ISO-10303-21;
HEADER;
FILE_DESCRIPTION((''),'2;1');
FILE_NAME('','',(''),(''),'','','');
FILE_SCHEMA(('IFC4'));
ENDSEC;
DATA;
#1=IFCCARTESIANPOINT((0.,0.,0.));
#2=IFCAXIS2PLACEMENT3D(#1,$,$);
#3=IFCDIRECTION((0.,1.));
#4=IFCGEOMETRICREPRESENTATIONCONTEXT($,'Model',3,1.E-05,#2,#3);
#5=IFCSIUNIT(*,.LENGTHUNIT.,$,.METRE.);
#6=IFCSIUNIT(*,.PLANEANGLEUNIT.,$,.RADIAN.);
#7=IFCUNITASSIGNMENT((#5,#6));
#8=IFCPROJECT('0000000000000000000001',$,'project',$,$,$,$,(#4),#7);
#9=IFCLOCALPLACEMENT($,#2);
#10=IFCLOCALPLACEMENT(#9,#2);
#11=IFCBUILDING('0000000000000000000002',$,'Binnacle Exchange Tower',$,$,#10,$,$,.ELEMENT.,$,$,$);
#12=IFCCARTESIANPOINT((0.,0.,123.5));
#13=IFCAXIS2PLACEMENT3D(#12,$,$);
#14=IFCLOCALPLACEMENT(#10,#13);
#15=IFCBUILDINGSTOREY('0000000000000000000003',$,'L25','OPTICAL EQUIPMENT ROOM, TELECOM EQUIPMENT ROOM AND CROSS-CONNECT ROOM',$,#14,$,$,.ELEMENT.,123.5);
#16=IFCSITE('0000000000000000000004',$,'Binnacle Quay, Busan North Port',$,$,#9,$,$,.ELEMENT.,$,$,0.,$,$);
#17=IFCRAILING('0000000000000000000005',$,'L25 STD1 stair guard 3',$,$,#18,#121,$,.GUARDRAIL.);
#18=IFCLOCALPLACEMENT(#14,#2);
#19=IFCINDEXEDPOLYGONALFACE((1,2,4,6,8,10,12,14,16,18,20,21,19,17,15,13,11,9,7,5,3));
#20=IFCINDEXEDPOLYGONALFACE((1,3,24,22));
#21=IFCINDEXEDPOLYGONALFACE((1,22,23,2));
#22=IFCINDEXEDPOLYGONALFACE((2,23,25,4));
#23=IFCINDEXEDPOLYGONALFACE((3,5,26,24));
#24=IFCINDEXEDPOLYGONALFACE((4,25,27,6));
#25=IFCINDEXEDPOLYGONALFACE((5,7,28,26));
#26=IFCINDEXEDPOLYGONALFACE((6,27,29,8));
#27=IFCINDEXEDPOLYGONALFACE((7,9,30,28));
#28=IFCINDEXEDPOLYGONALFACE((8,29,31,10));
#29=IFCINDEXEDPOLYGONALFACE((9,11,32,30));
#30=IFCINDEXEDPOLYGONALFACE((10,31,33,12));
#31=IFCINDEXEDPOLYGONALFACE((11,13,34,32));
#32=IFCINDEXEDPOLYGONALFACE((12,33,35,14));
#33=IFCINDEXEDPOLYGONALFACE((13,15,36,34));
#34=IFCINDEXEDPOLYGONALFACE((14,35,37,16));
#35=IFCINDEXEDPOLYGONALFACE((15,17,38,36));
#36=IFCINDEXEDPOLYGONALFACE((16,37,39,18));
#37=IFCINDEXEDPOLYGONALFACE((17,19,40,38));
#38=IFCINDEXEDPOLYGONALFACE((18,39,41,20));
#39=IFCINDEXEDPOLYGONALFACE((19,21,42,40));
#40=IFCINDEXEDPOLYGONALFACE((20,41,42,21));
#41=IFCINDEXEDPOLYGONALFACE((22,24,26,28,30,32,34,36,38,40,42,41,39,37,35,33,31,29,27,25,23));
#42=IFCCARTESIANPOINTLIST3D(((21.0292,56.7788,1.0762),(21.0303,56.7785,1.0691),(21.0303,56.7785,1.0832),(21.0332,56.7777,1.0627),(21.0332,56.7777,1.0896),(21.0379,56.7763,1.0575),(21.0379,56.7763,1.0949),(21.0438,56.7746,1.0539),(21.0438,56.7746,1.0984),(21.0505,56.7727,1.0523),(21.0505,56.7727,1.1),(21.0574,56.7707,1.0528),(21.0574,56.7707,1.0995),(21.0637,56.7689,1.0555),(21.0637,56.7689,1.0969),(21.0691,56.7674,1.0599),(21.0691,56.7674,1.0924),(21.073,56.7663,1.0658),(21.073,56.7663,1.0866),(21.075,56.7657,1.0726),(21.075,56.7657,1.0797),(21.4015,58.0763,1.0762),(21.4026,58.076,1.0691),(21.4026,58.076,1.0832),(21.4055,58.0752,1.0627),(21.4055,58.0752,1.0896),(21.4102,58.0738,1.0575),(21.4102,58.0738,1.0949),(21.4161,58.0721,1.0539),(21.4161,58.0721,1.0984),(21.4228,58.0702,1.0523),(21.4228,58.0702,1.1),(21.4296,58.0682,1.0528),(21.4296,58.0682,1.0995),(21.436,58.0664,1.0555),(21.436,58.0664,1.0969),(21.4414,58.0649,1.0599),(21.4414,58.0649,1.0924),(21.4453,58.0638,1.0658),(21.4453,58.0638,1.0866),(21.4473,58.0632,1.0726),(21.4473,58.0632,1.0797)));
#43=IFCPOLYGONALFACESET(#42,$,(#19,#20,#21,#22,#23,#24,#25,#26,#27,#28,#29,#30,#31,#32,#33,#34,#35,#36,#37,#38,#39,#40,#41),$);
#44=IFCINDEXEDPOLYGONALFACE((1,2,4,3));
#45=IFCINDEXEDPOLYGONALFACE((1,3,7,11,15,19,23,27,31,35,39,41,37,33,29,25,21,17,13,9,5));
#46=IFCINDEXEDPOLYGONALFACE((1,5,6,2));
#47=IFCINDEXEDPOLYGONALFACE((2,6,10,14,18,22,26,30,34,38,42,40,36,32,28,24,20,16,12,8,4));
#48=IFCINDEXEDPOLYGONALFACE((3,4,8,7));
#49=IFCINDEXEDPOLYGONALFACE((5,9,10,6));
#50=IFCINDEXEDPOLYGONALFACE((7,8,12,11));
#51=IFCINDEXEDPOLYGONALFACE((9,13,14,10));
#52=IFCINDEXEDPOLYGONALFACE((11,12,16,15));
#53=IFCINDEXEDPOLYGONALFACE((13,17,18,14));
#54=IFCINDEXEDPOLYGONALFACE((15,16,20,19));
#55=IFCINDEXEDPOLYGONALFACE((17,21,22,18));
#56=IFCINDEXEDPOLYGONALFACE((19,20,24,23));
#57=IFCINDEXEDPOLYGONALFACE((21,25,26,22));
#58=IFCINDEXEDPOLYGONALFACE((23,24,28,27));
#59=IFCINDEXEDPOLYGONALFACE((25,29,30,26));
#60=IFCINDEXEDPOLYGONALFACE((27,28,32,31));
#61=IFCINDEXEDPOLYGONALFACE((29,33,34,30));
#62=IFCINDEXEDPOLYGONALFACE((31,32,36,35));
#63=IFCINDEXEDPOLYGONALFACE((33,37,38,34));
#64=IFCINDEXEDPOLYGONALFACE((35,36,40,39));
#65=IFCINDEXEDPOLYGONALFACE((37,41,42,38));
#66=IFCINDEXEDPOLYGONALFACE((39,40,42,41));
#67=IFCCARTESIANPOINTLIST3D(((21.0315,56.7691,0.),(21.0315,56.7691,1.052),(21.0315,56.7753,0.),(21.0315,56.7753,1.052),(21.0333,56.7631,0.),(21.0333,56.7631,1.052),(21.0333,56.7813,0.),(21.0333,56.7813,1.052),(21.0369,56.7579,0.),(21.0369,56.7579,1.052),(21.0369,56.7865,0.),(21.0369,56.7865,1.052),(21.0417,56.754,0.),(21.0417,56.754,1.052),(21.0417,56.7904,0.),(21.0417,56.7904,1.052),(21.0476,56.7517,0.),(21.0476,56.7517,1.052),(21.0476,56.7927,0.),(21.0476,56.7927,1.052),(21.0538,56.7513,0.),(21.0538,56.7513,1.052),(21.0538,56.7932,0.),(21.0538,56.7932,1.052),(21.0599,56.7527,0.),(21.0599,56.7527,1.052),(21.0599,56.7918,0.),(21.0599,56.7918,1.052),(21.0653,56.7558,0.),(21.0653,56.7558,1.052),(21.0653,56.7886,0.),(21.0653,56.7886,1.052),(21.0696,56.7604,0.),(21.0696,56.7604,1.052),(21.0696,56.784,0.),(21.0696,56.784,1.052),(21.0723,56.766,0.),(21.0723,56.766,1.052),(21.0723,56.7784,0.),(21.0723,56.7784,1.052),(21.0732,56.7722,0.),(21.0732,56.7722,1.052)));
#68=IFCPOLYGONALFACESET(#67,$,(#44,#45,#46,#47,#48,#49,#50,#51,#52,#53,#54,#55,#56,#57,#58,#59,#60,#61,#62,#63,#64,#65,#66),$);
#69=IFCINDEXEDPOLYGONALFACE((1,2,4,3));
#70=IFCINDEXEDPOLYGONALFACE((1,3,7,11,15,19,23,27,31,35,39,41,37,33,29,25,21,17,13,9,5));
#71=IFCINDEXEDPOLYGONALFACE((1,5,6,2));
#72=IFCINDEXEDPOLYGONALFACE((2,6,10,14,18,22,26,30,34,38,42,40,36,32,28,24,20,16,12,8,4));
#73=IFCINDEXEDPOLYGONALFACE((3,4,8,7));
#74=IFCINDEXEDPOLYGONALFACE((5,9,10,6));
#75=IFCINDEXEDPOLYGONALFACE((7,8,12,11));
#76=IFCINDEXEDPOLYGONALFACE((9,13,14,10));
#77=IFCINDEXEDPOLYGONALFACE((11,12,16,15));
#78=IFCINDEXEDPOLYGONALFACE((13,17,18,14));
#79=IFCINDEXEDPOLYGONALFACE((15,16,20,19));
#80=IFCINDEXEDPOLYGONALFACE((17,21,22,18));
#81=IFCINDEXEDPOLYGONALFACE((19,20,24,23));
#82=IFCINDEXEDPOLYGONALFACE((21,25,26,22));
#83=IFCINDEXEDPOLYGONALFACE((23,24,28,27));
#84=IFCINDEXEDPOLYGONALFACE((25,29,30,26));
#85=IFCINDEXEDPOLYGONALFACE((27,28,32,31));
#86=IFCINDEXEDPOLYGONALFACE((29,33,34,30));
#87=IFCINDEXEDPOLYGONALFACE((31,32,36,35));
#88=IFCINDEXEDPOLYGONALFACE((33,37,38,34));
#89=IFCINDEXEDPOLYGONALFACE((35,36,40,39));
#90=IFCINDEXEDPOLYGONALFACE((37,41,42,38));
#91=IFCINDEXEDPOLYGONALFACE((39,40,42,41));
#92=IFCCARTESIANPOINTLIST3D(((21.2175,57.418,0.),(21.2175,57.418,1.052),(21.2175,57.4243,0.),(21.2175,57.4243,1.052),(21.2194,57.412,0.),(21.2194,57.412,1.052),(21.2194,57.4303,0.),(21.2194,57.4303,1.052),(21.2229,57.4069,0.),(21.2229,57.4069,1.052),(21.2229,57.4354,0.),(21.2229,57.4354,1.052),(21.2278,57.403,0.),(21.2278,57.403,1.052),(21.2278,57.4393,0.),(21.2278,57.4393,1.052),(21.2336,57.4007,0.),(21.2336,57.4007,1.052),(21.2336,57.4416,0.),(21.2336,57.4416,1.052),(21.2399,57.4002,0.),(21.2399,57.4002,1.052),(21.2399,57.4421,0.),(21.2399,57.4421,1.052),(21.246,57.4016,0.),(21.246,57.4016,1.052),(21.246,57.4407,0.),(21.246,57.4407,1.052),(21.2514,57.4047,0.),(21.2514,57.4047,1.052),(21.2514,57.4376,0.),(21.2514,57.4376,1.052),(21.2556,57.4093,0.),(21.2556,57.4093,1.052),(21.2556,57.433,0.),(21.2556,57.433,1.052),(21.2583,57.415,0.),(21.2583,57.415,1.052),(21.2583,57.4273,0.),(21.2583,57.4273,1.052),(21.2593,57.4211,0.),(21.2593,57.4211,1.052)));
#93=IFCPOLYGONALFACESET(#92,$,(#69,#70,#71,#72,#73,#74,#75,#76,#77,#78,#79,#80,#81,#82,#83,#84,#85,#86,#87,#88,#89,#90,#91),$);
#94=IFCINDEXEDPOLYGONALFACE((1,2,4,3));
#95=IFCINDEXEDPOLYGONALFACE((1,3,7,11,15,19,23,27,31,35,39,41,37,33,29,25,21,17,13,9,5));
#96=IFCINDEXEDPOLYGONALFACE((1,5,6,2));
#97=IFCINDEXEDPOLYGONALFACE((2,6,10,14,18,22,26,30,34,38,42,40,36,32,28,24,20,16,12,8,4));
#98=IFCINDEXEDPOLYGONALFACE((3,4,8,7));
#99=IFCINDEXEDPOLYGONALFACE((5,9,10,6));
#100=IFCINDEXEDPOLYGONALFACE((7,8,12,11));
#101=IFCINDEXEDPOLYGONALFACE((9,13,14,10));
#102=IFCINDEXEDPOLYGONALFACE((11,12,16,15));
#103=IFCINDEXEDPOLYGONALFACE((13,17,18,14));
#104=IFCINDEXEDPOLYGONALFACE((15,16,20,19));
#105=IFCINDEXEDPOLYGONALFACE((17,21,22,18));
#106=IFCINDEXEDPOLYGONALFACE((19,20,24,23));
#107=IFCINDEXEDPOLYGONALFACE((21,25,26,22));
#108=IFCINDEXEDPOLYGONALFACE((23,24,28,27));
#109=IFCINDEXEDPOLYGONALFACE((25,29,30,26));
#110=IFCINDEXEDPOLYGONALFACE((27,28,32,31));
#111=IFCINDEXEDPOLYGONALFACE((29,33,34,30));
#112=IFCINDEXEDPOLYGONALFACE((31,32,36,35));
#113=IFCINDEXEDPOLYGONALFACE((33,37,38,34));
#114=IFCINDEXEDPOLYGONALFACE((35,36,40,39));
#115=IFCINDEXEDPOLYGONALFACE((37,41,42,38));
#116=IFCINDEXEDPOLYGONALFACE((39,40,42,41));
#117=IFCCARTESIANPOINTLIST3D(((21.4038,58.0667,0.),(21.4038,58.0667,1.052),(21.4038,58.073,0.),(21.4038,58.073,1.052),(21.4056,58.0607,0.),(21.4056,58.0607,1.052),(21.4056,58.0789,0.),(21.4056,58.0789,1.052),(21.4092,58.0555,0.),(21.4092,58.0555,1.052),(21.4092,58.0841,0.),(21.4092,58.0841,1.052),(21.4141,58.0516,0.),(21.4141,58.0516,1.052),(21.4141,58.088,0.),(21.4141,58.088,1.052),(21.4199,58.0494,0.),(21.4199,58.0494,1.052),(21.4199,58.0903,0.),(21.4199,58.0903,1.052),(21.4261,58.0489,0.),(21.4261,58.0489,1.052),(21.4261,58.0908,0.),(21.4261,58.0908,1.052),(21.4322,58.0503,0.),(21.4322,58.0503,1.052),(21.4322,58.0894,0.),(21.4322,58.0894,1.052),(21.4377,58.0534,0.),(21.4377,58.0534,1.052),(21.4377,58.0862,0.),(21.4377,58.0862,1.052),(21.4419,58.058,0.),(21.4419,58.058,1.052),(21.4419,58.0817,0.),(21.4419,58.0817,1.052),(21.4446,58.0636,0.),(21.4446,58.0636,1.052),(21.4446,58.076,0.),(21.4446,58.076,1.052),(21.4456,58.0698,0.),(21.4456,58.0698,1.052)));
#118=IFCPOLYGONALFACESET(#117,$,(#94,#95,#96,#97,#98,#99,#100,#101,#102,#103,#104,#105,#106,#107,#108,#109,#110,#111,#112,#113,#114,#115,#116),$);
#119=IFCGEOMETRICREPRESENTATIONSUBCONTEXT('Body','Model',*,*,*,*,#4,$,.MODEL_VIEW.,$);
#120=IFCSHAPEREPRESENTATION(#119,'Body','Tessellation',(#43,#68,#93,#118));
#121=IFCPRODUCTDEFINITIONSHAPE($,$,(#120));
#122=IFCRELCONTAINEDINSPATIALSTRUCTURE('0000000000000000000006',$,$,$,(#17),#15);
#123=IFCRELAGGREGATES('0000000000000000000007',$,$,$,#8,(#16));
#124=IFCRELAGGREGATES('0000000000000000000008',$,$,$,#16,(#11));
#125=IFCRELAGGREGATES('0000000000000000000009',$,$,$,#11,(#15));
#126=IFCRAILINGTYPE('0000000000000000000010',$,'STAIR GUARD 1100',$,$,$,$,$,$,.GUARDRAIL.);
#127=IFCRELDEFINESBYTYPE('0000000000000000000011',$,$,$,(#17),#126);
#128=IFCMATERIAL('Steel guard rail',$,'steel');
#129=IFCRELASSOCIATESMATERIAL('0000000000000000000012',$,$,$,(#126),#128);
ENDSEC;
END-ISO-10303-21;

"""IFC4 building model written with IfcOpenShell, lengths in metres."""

from ifc_helpers import new_model, si_unit, direction, frame, origin, origin_2d, place, context, subcontext, project, spatial, circle, extrude, material, type_object, element, save


model = new_model("IFC4")

# Units and contexts
model_context = context("Model", 3, precision=1e-05, world=origin(), true_north=direction((0.0, 1.0)))
body_context = subcontext(model_context, "Body", "Model", "MODEL_VIEW")
ifc_project = project(units=[si_unit("LENGTHUNIT", "METRE"), si_unit("PLANEANGLEUNIT", "RADIAN")], contexts=[model_context])

# Site, building, storey
site_placement = place(None, origin())
site = spatial("IfcSite", under=ifc_project, at=site_placement, Name="Binnacle Quay, Busan North Port", CompositionType="ELEMENT", RefElevation=0.0)
building_placement = place(site_placement, origin())
building = spatial("IfcBuilding", under=site, at=building_placement, Name="Binnacle Exchange Tower", CompositionType="ELEMENT")
storey_placement = place(building_placement, frame((0.0, 0.0, 123.5)))
storey = spatial("IfcBuildingStorey", under=building, at=storey_placement, Name="L25", Description="OPTICAL EQUIPMENT ROOM, TELECOM EQUIPMENT ROOM AND CROSS-CONNECT ROOM", CompositionType="ELEMENT", Elevation=123.5)

# Railing
ifc_material_1 = material(Name="Steel guard rail", Category="steel")
railing_type_1 = type_object("IfcRailingType", Name="STAIR GUARD 1100", PredefinedType="GUARDRAIL", material=ifc_material_1)
railing_1_placement = place(storey_placement, frame((21.0522, 56.7722, 0.0)))
element("IfcRailing", 1, at=railing_1_placement, inside=storey, type_object=railing_type_1, Name="L25 STD1 stair guard 3", PredefinedType="GUARDRAIL", context=body_context, shape_type="SweptSolid", body=[
    extrude(circle(Radius=0.0239, at=origin_2d()), frame((0.0, 0.0, 1.0762), z_axis=(0.275796, 0.961216, 0.0), x_axis=(-0.961216, 0.275796, 0.0)), (0.0, 0.0, 1.0), 1.3499),
    extrude(circle(Radius=0.021, at=origin_2d()), origin(), (0.0, 0.0, 1.0), 1.052),
    extrude(circle(Radius=0.021, at=origin_2d()), frame((0.186, 0.6489, 0.0)), (0.0, 0.0, 1.0), 1.052),
    extrude(circle(Radius=0.021, at=origin_2d()), frame((0.3723, 1.2976, 0.0)), (0.0, 0.0, 1.0), 1.052),
])

save(model, "model.ifc")
